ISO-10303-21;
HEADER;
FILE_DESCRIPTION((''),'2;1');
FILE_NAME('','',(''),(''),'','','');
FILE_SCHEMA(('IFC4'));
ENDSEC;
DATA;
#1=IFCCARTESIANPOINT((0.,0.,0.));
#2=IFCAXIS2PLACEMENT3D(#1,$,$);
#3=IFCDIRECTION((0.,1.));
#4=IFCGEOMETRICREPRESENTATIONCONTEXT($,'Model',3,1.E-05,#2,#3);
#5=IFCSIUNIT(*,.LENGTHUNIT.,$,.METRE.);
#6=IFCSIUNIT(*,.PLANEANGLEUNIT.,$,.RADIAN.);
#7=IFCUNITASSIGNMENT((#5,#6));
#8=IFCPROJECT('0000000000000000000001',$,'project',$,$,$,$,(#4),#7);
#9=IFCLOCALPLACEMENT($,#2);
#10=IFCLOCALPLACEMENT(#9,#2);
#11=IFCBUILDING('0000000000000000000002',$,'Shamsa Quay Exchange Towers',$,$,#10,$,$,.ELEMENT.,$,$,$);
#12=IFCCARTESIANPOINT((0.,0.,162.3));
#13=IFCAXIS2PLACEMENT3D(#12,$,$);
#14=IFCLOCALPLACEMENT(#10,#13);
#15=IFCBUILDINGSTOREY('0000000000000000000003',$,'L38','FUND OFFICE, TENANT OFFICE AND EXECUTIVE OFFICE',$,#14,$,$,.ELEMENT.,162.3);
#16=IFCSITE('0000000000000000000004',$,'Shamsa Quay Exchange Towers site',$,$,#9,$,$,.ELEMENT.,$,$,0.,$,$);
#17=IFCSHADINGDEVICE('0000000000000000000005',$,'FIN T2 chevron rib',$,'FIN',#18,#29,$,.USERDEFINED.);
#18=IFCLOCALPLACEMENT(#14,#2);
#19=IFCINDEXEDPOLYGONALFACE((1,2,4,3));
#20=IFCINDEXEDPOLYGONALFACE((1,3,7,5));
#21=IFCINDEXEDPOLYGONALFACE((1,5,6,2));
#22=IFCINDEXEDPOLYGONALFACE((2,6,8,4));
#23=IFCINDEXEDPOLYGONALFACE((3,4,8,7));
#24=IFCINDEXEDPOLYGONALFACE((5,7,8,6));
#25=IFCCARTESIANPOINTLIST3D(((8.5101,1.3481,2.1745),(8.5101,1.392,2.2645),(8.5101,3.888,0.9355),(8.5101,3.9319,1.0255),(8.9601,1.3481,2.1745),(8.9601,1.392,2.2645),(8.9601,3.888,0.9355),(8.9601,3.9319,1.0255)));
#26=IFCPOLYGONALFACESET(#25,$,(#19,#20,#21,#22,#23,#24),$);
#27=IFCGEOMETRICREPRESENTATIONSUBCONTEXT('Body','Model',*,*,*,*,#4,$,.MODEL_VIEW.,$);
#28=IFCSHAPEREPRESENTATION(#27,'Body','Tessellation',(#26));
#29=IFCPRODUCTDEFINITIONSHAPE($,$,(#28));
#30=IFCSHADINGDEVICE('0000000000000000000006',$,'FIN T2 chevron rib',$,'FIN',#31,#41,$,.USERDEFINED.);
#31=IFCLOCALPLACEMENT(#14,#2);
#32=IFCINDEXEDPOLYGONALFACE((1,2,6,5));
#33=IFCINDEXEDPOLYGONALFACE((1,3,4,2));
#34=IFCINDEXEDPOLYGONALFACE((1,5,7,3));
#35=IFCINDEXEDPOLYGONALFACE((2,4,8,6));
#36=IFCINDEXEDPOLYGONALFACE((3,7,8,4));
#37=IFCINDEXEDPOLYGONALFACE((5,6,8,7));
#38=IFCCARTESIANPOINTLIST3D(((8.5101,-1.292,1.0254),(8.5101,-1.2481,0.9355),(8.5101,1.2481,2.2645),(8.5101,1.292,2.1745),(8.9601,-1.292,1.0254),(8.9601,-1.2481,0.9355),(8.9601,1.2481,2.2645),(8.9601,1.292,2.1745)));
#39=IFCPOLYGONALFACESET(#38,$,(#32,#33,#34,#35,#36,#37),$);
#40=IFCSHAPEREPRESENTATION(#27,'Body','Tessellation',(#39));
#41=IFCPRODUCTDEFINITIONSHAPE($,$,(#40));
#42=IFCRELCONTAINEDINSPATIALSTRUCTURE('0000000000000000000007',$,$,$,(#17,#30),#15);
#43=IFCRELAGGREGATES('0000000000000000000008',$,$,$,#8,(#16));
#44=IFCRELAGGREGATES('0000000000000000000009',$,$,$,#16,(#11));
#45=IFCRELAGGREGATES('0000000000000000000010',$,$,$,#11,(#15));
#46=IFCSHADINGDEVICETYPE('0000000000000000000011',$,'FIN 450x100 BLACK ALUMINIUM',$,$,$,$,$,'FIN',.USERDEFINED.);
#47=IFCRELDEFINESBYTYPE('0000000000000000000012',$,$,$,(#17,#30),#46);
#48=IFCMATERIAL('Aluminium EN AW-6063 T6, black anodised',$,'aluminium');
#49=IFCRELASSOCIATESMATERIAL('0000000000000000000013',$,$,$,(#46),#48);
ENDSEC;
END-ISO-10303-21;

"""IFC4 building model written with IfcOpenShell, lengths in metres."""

from ifc_helpers import new_model, si_unit, direction, frame, origin, origin_2d, place, context, subcontext, project, spatial, rectangle, extrude, material, material_profile, profile_set, type_object, element, save


model = new_model("IFC4")

# Units and contexts
model_context = context("Model", 3, precision=1e-05, world=origin(), true_north=direction((0.0, 1.0)))
body_context = subcontext(model_context, "Body", "Model", "MODEL_VIEW")
ifc_project = project(units=[si_unit("LENGTHUNIT", "METRE"), si_unit("PLANEANGLEUNIT", "RADIAN")], contexts=[model_context])

# Site, building, storey
site_placement = place(None, origin())
site = spatial("IfcSite", under=ifc_project, at=site_placement, Name="Shamsa Quay Exchange Towers site", CompositionType="ELEMENT", RefElevation=0.0)
building_placement = place(site_placement, origin())
building = spatial("IfcBuilding", under=site, at=building_placement, Name="Shamsa Quay Exchange Towers", CompositionType="ELEMENT")
storey_placement = place(building_placement, frame((0.0, 0.0, 162.3)))
storey = spatial("IfcBuildingStorey", under=building, at=storey_placement, Name="L38", Description="FUND OFFICE, TENANT OFFICE AND EXECUTIVE OFFICE", CompositionType="ELEMENT", Elevation=162.3)

# Shared definitions
ifc_material_1 = material(Name="Aluminium EN AW-6063 T6, black anodised", Category="aluminium")

# Shading devices
ifc_material_profile_1 = material_profile(ifc_material_1, rectangle(XDim=0.45, YDim=0.1001, at=origin_2d()), Name="FIN450x100")
ifc_profile_set_1 = profile_set([ifc_material_profile_1], Name="Aluminium EN AW-6063 T6, black anodised")
shading_device_type = type_object("IfcShadingDeviceType", Name="FIN 450x100 BLACK ALUMINIUM", ElementType="FIN", PredefinedType="USERDEFINED", material=ifc_profile_set_1)
shading_device_1_placement = place(storey_placement, frame((8.7351, 3.9099, 0.9805), z_axis=(0.0, -0.898756, 0.438449), x_axis=(1.0, 0.0, 0.0)))
element("IfcShadingDevice", 1, at=shading_device_1_placement, inside=storey, type_object=shading_device_type, Name="FIN T2 chevron rib", ObjectType="FIN", PredefinedType="USERDEFINED", context=body_context, shape_type="SweptSolid", body=[
    extrude(rectangle(XDim=0.45, YDim=0.1001, at=origin_2d()), origin(), (0.0, 0.0, 1.0), 2.8259),
])
shading_device_2_placement = place(storey_placement, frame((8.7351, 1.27, 2.2195), z_axis=(0.0, -0.898773, -0.438415), x_axis=(1.0, 0.0, 0.0)))
element("IfcShadingDevice", 2, at=shading_device_2_placement, inside=storey, type_object=shading_device_type, Name="FIN T2 chevron rib", ObjectType="FIN", PredefinedType="USERDEFINED", context=body_context, shape_type="SweptSolid", body=[
    extrude(rectangle(XDim=0.45, YDim=0.1001, at=origin_2d()), origin(), (0.0, 0.0, 1.0), 2.8262),
])

save(model, "model.ifc")
